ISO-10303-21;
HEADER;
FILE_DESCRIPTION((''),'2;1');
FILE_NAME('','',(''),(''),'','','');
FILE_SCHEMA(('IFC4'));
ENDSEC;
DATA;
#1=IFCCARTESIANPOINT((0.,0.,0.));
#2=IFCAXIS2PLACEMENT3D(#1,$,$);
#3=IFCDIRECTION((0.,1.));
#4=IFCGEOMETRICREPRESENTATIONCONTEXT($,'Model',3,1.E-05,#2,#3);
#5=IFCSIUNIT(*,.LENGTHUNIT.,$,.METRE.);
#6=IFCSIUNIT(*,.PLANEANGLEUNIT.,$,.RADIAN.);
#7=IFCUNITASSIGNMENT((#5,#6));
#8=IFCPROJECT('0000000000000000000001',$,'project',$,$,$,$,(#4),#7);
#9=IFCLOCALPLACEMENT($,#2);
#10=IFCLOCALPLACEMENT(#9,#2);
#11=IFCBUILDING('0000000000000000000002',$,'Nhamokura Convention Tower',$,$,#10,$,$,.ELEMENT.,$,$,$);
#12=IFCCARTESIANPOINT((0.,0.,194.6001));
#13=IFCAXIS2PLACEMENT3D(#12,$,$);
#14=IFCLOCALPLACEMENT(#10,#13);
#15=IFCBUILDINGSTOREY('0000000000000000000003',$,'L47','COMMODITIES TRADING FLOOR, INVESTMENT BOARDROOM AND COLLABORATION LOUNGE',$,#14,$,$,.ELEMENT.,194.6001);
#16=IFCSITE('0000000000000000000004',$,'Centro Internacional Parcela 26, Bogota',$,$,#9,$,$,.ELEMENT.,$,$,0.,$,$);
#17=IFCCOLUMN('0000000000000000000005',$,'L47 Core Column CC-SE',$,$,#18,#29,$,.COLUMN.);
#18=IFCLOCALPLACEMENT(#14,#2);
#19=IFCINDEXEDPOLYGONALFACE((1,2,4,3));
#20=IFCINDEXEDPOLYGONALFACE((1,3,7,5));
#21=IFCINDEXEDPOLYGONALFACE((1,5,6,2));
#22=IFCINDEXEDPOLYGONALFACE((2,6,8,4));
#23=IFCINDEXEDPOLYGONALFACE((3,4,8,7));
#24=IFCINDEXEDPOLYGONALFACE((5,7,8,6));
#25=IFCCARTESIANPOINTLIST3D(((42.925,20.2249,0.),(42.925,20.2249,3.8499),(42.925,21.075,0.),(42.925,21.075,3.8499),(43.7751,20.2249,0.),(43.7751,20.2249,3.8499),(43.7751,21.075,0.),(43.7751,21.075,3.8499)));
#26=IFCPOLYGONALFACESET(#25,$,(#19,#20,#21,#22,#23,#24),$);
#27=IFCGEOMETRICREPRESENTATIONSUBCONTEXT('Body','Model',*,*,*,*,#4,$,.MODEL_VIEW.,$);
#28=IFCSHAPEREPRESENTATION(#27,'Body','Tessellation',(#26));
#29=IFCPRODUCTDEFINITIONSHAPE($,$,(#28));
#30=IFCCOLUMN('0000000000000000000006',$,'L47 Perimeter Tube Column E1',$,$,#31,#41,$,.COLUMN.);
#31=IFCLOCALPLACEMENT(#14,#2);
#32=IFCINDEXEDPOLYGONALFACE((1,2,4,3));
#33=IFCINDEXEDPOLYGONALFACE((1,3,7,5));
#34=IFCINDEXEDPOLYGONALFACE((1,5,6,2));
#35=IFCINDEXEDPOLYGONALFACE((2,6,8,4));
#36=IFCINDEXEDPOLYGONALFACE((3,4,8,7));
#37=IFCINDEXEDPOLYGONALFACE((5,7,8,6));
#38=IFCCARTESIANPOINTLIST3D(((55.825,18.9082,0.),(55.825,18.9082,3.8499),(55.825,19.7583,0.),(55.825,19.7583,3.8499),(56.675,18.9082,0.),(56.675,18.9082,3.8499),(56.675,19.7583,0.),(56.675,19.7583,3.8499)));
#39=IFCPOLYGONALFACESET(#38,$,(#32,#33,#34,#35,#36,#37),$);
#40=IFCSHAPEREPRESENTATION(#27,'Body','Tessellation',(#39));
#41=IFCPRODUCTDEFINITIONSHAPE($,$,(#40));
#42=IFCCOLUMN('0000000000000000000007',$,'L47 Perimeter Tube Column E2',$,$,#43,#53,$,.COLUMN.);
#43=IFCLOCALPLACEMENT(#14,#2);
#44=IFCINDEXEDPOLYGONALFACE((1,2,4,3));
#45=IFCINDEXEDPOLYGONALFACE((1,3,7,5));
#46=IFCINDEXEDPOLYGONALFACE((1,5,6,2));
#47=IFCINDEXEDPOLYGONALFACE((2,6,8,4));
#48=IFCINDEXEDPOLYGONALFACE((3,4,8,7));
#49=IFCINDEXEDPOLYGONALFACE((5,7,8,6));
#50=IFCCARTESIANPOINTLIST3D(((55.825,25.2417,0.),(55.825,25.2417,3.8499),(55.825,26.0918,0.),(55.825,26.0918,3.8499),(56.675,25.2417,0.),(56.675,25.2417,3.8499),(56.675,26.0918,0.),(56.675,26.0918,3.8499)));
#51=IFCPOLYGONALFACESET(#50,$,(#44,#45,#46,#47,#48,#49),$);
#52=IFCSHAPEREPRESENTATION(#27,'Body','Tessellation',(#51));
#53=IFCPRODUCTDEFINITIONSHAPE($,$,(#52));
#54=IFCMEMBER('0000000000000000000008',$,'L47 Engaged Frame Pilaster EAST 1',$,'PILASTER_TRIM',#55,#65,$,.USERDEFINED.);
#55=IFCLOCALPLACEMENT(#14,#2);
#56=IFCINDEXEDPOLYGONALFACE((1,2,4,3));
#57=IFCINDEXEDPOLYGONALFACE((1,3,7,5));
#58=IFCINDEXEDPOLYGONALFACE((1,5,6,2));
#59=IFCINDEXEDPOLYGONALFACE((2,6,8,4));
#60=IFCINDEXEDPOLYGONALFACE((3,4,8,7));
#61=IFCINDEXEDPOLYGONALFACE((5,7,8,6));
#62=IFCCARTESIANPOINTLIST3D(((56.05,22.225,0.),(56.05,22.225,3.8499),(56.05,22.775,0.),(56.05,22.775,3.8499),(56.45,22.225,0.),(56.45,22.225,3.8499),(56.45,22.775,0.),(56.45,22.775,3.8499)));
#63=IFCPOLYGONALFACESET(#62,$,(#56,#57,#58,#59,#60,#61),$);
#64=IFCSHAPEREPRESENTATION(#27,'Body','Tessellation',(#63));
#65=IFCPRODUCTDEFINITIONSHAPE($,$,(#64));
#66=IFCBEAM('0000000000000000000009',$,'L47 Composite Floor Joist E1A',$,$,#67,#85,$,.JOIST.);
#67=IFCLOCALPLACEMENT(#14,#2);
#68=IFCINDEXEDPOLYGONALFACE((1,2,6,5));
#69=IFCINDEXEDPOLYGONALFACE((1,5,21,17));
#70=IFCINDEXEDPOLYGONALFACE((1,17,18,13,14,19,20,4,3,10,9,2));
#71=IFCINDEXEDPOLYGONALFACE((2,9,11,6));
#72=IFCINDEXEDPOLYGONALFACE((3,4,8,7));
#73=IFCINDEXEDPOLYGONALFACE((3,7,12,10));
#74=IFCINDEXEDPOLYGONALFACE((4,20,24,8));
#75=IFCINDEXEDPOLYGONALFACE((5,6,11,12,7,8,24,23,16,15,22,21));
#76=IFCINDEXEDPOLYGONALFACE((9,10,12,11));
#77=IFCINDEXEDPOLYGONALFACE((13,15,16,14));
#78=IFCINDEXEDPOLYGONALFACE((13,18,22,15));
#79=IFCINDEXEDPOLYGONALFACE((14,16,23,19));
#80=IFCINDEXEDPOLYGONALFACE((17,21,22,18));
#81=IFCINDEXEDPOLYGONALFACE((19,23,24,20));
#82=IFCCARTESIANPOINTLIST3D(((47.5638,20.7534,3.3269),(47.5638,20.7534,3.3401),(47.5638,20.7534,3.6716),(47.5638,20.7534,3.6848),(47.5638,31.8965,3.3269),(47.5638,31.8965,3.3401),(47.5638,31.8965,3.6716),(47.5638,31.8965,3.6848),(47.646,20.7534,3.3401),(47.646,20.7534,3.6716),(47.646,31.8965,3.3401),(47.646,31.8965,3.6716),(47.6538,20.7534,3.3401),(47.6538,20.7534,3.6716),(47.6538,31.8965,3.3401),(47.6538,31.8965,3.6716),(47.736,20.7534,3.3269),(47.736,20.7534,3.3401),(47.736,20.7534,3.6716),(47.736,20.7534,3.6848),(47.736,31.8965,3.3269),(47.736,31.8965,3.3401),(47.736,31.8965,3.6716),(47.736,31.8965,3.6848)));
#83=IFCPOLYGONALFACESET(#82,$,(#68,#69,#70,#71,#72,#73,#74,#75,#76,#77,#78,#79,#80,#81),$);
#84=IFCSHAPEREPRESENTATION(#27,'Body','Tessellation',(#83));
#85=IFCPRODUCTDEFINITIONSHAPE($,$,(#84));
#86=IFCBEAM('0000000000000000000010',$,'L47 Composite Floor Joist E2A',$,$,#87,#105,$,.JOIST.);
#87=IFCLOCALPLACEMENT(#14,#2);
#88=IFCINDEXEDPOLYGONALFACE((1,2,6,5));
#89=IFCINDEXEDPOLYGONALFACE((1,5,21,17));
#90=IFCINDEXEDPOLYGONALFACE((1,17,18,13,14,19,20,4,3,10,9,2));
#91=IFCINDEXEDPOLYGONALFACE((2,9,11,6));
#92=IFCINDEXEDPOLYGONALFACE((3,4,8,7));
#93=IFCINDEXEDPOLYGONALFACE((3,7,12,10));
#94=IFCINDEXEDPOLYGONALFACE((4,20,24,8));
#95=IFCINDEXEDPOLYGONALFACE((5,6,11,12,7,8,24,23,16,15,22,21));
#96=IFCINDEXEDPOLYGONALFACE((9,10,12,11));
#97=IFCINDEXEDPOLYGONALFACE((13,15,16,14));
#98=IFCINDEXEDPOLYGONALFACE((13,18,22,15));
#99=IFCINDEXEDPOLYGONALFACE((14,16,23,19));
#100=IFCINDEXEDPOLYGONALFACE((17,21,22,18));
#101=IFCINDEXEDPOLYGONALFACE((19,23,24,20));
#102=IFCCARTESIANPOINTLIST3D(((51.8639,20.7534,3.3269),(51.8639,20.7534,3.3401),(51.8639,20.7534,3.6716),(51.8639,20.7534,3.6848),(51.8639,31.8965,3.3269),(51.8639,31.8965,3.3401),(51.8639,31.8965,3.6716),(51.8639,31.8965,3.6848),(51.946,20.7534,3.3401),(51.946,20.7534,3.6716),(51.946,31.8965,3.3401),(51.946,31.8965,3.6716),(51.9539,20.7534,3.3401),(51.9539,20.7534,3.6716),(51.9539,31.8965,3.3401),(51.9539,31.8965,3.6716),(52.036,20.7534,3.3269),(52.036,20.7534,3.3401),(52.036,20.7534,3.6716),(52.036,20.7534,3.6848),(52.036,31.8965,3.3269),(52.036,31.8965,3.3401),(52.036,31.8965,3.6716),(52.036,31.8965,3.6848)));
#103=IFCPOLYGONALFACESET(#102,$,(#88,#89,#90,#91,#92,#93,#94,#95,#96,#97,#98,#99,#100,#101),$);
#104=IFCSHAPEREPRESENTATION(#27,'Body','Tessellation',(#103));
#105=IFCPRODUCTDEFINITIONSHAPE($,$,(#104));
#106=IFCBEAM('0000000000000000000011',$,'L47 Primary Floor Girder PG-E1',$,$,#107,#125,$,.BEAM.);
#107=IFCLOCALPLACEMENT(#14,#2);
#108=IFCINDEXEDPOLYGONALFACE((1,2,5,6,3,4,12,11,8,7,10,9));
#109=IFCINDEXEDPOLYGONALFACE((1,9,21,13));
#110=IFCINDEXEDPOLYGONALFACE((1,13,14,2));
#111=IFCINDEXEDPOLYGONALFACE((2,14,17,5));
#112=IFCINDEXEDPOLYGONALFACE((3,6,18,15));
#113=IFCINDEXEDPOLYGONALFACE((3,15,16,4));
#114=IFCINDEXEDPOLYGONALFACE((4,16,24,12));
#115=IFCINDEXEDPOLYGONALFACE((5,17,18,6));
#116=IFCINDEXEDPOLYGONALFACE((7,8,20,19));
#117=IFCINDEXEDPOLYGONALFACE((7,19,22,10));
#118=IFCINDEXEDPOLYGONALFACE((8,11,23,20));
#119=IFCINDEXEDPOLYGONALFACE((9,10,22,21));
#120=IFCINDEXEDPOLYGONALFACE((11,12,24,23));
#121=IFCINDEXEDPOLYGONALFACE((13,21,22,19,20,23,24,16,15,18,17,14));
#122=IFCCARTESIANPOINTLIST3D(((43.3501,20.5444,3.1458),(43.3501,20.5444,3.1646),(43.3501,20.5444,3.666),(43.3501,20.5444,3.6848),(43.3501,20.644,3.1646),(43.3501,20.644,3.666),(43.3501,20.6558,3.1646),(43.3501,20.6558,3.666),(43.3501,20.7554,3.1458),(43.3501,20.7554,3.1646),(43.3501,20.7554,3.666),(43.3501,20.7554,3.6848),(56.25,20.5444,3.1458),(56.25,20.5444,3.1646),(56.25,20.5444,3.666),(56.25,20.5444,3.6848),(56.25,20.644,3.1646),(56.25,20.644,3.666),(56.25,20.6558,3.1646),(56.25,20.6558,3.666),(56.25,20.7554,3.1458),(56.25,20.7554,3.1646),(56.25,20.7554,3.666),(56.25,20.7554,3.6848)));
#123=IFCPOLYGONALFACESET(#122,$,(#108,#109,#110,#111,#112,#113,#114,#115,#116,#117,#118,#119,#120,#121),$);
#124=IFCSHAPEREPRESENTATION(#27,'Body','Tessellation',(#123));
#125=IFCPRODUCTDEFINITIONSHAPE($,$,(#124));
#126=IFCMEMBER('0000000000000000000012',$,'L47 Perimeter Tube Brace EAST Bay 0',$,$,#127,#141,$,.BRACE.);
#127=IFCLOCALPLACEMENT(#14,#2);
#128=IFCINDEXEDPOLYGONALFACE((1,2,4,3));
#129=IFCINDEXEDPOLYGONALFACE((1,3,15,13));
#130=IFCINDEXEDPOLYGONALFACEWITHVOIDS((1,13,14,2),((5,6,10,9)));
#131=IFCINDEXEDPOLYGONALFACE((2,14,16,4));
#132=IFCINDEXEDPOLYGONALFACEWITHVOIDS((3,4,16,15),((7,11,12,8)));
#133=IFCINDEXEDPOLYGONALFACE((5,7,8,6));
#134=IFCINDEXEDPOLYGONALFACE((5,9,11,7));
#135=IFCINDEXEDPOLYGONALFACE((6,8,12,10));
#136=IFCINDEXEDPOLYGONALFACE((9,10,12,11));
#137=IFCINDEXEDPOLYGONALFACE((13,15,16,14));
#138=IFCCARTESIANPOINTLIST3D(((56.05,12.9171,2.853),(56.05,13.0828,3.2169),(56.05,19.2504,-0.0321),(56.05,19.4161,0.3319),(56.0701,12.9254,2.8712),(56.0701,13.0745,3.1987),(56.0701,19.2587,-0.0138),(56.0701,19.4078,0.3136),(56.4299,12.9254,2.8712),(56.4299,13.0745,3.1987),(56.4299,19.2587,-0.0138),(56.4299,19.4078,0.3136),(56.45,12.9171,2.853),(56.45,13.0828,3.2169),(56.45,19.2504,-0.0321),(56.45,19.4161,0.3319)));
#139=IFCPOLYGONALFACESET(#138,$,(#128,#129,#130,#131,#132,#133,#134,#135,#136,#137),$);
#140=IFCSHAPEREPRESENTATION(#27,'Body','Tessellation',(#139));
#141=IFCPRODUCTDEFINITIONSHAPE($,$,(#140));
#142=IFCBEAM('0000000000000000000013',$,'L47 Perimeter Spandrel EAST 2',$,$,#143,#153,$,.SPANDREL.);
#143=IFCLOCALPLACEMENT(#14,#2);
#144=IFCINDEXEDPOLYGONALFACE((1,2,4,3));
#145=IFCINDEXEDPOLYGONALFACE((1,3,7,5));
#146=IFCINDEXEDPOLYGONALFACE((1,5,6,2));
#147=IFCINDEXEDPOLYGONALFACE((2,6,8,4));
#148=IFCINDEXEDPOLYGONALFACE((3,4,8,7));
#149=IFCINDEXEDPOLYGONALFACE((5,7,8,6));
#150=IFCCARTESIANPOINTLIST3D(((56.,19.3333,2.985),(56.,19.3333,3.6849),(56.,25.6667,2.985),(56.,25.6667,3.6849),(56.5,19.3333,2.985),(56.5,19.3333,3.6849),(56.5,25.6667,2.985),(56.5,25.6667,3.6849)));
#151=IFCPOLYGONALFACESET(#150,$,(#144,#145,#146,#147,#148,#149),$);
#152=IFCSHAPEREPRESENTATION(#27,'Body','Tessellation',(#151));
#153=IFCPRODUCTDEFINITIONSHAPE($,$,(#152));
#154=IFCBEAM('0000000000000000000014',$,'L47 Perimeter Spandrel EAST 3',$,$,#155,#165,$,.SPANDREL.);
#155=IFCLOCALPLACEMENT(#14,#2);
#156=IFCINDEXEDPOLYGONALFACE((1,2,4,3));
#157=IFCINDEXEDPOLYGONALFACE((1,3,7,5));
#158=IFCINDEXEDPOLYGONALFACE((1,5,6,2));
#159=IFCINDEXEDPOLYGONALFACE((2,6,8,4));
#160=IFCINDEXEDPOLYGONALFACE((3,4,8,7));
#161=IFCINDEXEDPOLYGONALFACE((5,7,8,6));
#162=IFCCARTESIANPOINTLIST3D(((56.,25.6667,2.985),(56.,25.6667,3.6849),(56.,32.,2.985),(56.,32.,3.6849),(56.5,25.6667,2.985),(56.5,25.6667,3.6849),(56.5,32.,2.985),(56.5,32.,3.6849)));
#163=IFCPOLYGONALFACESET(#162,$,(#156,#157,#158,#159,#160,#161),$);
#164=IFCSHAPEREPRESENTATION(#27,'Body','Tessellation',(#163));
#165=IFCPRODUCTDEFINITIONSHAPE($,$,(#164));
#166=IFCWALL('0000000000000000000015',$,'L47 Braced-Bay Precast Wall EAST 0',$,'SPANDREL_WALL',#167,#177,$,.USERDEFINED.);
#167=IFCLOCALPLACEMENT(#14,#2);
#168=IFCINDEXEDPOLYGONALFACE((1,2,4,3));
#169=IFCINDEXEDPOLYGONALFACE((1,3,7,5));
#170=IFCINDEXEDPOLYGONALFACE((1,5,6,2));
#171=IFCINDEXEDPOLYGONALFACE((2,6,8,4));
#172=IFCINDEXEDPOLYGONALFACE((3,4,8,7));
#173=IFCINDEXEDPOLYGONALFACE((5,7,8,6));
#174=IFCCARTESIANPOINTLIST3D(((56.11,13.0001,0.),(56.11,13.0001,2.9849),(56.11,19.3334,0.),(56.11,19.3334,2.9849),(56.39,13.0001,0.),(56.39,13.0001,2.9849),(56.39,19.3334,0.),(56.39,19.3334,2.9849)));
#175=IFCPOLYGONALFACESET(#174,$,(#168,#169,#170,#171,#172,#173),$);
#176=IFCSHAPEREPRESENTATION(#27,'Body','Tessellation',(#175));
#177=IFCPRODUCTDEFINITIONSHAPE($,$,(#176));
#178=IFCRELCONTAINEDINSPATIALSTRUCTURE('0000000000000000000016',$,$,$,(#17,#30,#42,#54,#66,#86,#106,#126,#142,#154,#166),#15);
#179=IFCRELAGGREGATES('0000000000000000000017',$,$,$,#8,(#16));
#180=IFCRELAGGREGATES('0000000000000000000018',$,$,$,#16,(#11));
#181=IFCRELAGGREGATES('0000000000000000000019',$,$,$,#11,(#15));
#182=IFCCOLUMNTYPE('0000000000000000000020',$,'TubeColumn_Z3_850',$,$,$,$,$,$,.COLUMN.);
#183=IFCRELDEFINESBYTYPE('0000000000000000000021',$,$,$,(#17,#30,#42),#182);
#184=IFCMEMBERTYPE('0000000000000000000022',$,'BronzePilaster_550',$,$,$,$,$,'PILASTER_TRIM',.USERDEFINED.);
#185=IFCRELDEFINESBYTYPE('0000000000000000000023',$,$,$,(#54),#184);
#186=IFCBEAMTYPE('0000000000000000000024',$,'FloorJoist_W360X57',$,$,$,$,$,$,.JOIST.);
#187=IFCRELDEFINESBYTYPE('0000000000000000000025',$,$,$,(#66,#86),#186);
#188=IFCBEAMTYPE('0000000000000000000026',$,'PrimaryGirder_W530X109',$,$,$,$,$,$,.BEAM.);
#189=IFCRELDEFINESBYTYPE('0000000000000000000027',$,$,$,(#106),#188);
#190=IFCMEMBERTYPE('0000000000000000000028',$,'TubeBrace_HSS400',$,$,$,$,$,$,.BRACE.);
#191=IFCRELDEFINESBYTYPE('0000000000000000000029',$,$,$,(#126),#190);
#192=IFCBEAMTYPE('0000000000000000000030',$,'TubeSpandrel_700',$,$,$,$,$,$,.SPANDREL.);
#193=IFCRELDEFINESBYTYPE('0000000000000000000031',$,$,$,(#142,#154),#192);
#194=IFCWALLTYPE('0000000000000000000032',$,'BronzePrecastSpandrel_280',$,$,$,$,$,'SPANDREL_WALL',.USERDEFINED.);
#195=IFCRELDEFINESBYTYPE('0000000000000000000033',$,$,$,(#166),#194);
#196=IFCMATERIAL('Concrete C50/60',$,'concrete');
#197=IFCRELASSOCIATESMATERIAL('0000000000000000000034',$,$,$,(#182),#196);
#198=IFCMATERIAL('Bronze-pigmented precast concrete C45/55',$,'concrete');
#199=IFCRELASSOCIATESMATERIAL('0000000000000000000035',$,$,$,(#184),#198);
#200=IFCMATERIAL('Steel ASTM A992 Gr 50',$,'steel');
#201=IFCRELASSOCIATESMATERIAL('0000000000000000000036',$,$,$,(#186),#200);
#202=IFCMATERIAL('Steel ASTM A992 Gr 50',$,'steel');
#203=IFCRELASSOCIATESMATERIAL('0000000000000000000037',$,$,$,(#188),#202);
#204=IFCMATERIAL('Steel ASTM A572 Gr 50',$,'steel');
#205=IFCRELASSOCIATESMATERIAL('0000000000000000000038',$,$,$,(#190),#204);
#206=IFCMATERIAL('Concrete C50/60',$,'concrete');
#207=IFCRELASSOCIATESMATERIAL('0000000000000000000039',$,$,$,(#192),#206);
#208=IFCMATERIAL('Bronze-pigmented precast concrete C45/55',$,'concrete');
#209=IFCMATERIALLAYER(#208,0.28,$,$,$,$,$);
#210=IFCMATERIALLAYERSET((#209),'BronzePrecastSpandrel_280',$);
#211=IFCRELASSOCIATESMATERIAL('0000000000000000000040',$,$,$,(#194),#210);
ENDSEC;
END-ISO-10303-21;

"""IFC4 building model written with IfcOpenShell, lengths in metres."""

from ifc_helpers import new_model, si_unit, direction, frame, frame_2d, origin, origin_2d, place, context, subcontext, project, spatial, rectangle, hollow_rectangle, i_section, extrude, material, layer, layer_set, material_profile, profile_set, type_object, element, save


model = new_model("IFC4")

# Units and contexts
model_context = context("Model", 3, precision=1e-05, world=origin(), true_north=direction((0.0, 1.0)))
body_context = subcontext(model_context, "Body", "Model", "MODEL_VIEW")
ifc_project = project(units=[si_unit("LENGTHUNIT", "METRE"), si_unit("PLANEANGLEUNIT", "RADIAN")], contexts=[model_context])

# Site, building, storey
site_placement = place(None, origin())
site = spatial("IfcSite", under=ifc_project, at=site_placement, Name="Centro Internacional Parcela 26, Bogota", CompositionType="ELEMENT", RefElevation=0.0)
building_placement = place(site_placement, origin())
building = spatial("IfcBuilding", under=site, at=building_placement, Name="Nhamokura Convention Tower", CompositionType="ELEMENT")
storey_placement = place(building_placement, frame((0.0, 0.0, 194.6001)))
storey = spatial("IfcBuildingStorey", under=building, at=storey_placement, Name="L47", Description="COMMODITIES TRADING FLOOR, INVESTMENT BOARDROOM AND COLLABORATION LOUNGE", CompositionType="ELEMENT", Elevation=194.6001)

# Columns
ifc_material_1 = material(Name="Concrete C50/60", Category="concrete")
ifc_material_profile_1 = material_profile(ifc_material_1, rectangle(XDim=0.8501, YDim=0.8501, at=origin_2d()))
ifc_profile_set_1 = profile_set([ifc_material_profile_1], Name="Concrete C50/60")
column_type = type_object("IfcColumnType", Name="TubeColumn_Z3_850", PredefinedType="COLUMN", material=ifc_profile_set_1)
for number, where, z_axis, x_axis, name in (
    (1, (43.3501, 20.6499, 0.0), (0.0, 0.0, 1.0), (1.0, 0.0, 0.0), "L47 Core Column CC-SE"),
    (2, (56.25, 19.3333, 0.0), (0.0, 0.0, 1.0), (1.0, 0.0, 0.0), "L47 Perimeter Tube Column E1"),
    (3, (56.25, 25.6667, 0.0), (0.0, 0.0, 1.0), (1.0, 0.0, 0.0), "L47 Perimeter Tube Column E2"),
):
    element("IfcColumn", number, at=place(storey_placement, frame(where, z_axis=z_axis, x_axis=x_axis)), inside=storey, type_object=column_type, Name=name, PredefinedType="COLUMN", context=body_context, shape_type="SweptSolid", body=[
        extrude(rectangle(XDim=0.8501, YDim=0.8501, at=origin_2d()), origin(), (0.0, 0.0, 1.0), 3.8499),
    ])

# Member
ifc_material_2 = material(Name="Bronze-pigmented precast concrete C45/55", Category="concrete")
ifc_material_profile_2 = material_profile(ifc_material_2, rectangle(XDim=0.3999, YDim=0.55, at=origin_2d()))
ifc_profile_set_2 = profile_set([ifc_material_profile_2], Name="Bronze-pigmented precast concrete C45/55")
member_type_1 = type_object("IfcMemberType", Name="BronzePilaster_550", ElementType="PILASTER_TRIM", PredefinedType="USERDEFINED", material=ifc_profile_set_2)
member_1_placement = place(storey_placement, frame((56.25, 22.5, 0.0), z_axis=(0.0, 0.0, 1.0), x_axis=(1.0, 0.0, 0.0)))
element("IfcMember", 4, at=member_1_placement, inside=storey, type_object=member_type_1, Name="L47 Engaged Frame Pilaster EAST 1", ObjectType="PILASTER_TRIM", PredefinedType="USERDEFINED", context=body_context, shape_type="SweptSolid", body=[
    extrude(rectangle(XDim=0.3999, YDim=0.55, at=origin_2d()), origin(), (0.0, 0.0, 1.0), 3.8499),
])

# Beams
ifc_material_3 = material(Name="Steel ASTM A992 Gr 50", Category="steel")
ifc_material_profile_3 = material_profile(ifc_material_3, i_section(OverallWidth=0.1721, OverallDepth=0.3579, WebThickness=0.0078, FlangeThickness=0.0132, at=origin_2d()))
ifc_profile_set_3 = profile_set([ifc_material_profile_3], Name="Steel ASTM A992 Gr 50")
beam_type_1 = type_object("IfcBeamType", Name="FloorJoist_W360X57", PredefinedType="JOIST", material=ifc_profile_set_3)
for number, where, z_axis, x_axis, name in (
    (5, (47.6499, 20.7534, 3.5059), (0.0, 1.0, 0.0), (-1.0, 0.0, 0.0), "L47 Composite Floor Joist E1A"),
    (6, (51.95, 20.7534, 3.5059), (0.0, 1.0, 0.0), (-1.0, 0.0, 0.0), "L47 Composite Floor Joist E2A"),
):
    element("IfcBeam", number, at=place(storey_placement, frame(where, z_axis=z_axis, x_axis=x_axis)), inside=storey, type_object=beam_type_1, Name=name, PredefinedType="JOIST", context=body_context, shape_type="SweptSolid", body=[
        extrude(i_section(OverallWidth=0.1721, OverallDepth=0.3579, WebThickness=0.0078, FlangeThickness=0.0132, at=origin_2d()), origin(), (0.0, 0.0, 1.0), 11.1431),
    ])
ifc_material_4 = material(Name="Steel ASTM A992 Gr 50", Category="steel")
ifc_material_profile_4 = material_profile(ifc_material_4, i_section(OverallWidth=0.2109, OverallDepth=0.5391, WebThickness=0.0117, FlangeThickness=0.0188, at=origin_2d()))
ifc_profile_set_4 = profile_set([ifc_material_profile_4], Name="Steel ASTM A992 Gr 50")
beam_type_2 = type_object("IfcBeamType", Name="PrimaryGirder_W530X109", PredefinedType="BEAM", material=ifc_profile_set_4)
beam_1_placement = place(storey_placement, frame((43.3501, 20.6499, 3.4153), z_axis=(1.0, 0.0, 0.0), x_axis=(0.0, 1.0, 0.0)))
element("IfcBeam", 7, at=beam_1_placement, inside=storey, type_object=beam_type_2, Name="L47 Primary Floor Girder PG-E1", PredefinedType="BEAM", context=body_context, shape_type="SweptSolid", body=[
    extrude(i_section(OverallWidth=0.2109, OverallDepth=0.5391, WebThickness=0.0117, FlangeThickness=0.0188, at=origin_2d()), origin(), (0.0, 0.0, 1.0), 12.8999),
])

# Member
ifc_material_5 = material(Name="Steel ASTM A572 Gr 50", Category="steel")
ifc_material_profile_5 = material_profile(ifc_material_5, hollow_rectangle(XDim=0.3999, YDim=0.3999, WallThickness=0.02, at=origin_2d()))
ifc_profile_set_5 = profile_set([ifc_material_profile_5], Name="Steel ASTM A572 Gr 50")
member_type_2 = type_object("IfcMemberType", Name="TubeBrace_HSS400", PredefinedType="BRACE", material=ifc_profile_set_5)
member_2_placement = place(storey_placement, frame((56.25, 19.3333, 0.1499), z_axis=(0.0, -0.910027, 0.414548), x_axis=(1.0, 0.0, 0.0)))
element("IfcMember", 8, at=member_2_placement, inside=storey, type_object=member_type_2, Name="L47 Perimeter Tube Brace EAST Bay 0", PredefinedType="BRACE", context=body_context, shape_type="SweptSolid", body=[
    extrude(hollow_rectangle(XDim=0.3999, YDim=0.3999, WallThickness=0.02, at=origin_2d()), origin(), (0.0, 0.0, 1.0), 6.9595),
])

# Beams
ifc_material_6 = material(Name="Concrete C50/60", Category="concrete")
ifc_material_profile_6 = material_profile(ifc_material_6, rectangle(XDim=0.5, YDim=0.7, at=origin_2d()))
ifc_profile_set_6 = profile_set([ifc_material_profile_6], Name="Concrete C50/60")
beam_type_3 = type_object("IfcBeamType", Name="TubeSpandrel_700", PredefinedType="SPANDREL", material=ifc_profile_set_6)
beam_2_placement = place(storey_placement, frame((56.25, 19.3333, 3.335), z_axis=(0.0, 1.0, 0.0), x_axis=(-1.0, 0.0, 0.0)))
element("IfcBeam", 9, at=beam_2_placement, inside=storey, type_object=beam_type_3, Name="L47 Perimeter Spandrel EAST 2", PredefinedType="SPANDREL", context=body_context, shape_type="SweptSolid", body=[
    extrude(rectangle(XDim=0.5, YDim=0.7, at=origin_2d()), origin(), (0.0, 0.0, 1.0), 6.3335),
])
beam_3_placement = place(storey_placement, frame((56.25, 25.6667, 3.335), z_axis=(0.0, 1.0, 0.0), x_axis=(-1.0, 0.0, 0.0)))
element("IfcBeam", 10, at=beam_3_placement, inside=storey, type_object=beam_type_3, Name="L47 Perimeter Spandrel EAST 3", PredefinedType="SPANDREL", context=body_context, shape_type="SweptSolid", body=[
    extrude(rectangle(XDim=0.5, YDim=0.7, at=origin_2d()), origin(), (0.0, 0.0, 1.0), 6.3333),
])

# Wall
ifc_material_7 = material(Name="Bronze-pigmented precast concrete C45/55", Category="concrete")
ifc_layer_1 = layer(ifc_material_7, 0.28)
ifc_layer_set_1 = layer_set([ifc_layer_1], Name="BronzePrecastSpandrel_280")
wall_type_1 = type_object("IfcWallType", Name="BronzePrecastSpandrel_280", ElementType="SPANDREL_WALL", PredefinedType="USERDEFINED", material=ifc_layer_set_1)
wall_1_placement = place(storey_placement, frame((56.25, 19.3333, 0.0), z_axis=(0.0, 0.0, 1.0), x_axis=(0.0, -1.0, 0.0)))
element("IfcWall", 11, at=wall_1_placement, inside=storey, type_object=wall_type_1, Name="L47 Braced-Bay Precast Wall EAST 0", ObjectType="SPANDREL_WALL", PredefinedType="USERDEFINED", context=body_context, shape_type="SweptSolid", body=[
    extrude(rectangle(XDim=6.3333, YDim=0.28, at=frame_2d((3.1665, 0.0))), origin(), (0.0, 0.0, 1.0), 2.9849),
])

save(model, "model.ifc")
